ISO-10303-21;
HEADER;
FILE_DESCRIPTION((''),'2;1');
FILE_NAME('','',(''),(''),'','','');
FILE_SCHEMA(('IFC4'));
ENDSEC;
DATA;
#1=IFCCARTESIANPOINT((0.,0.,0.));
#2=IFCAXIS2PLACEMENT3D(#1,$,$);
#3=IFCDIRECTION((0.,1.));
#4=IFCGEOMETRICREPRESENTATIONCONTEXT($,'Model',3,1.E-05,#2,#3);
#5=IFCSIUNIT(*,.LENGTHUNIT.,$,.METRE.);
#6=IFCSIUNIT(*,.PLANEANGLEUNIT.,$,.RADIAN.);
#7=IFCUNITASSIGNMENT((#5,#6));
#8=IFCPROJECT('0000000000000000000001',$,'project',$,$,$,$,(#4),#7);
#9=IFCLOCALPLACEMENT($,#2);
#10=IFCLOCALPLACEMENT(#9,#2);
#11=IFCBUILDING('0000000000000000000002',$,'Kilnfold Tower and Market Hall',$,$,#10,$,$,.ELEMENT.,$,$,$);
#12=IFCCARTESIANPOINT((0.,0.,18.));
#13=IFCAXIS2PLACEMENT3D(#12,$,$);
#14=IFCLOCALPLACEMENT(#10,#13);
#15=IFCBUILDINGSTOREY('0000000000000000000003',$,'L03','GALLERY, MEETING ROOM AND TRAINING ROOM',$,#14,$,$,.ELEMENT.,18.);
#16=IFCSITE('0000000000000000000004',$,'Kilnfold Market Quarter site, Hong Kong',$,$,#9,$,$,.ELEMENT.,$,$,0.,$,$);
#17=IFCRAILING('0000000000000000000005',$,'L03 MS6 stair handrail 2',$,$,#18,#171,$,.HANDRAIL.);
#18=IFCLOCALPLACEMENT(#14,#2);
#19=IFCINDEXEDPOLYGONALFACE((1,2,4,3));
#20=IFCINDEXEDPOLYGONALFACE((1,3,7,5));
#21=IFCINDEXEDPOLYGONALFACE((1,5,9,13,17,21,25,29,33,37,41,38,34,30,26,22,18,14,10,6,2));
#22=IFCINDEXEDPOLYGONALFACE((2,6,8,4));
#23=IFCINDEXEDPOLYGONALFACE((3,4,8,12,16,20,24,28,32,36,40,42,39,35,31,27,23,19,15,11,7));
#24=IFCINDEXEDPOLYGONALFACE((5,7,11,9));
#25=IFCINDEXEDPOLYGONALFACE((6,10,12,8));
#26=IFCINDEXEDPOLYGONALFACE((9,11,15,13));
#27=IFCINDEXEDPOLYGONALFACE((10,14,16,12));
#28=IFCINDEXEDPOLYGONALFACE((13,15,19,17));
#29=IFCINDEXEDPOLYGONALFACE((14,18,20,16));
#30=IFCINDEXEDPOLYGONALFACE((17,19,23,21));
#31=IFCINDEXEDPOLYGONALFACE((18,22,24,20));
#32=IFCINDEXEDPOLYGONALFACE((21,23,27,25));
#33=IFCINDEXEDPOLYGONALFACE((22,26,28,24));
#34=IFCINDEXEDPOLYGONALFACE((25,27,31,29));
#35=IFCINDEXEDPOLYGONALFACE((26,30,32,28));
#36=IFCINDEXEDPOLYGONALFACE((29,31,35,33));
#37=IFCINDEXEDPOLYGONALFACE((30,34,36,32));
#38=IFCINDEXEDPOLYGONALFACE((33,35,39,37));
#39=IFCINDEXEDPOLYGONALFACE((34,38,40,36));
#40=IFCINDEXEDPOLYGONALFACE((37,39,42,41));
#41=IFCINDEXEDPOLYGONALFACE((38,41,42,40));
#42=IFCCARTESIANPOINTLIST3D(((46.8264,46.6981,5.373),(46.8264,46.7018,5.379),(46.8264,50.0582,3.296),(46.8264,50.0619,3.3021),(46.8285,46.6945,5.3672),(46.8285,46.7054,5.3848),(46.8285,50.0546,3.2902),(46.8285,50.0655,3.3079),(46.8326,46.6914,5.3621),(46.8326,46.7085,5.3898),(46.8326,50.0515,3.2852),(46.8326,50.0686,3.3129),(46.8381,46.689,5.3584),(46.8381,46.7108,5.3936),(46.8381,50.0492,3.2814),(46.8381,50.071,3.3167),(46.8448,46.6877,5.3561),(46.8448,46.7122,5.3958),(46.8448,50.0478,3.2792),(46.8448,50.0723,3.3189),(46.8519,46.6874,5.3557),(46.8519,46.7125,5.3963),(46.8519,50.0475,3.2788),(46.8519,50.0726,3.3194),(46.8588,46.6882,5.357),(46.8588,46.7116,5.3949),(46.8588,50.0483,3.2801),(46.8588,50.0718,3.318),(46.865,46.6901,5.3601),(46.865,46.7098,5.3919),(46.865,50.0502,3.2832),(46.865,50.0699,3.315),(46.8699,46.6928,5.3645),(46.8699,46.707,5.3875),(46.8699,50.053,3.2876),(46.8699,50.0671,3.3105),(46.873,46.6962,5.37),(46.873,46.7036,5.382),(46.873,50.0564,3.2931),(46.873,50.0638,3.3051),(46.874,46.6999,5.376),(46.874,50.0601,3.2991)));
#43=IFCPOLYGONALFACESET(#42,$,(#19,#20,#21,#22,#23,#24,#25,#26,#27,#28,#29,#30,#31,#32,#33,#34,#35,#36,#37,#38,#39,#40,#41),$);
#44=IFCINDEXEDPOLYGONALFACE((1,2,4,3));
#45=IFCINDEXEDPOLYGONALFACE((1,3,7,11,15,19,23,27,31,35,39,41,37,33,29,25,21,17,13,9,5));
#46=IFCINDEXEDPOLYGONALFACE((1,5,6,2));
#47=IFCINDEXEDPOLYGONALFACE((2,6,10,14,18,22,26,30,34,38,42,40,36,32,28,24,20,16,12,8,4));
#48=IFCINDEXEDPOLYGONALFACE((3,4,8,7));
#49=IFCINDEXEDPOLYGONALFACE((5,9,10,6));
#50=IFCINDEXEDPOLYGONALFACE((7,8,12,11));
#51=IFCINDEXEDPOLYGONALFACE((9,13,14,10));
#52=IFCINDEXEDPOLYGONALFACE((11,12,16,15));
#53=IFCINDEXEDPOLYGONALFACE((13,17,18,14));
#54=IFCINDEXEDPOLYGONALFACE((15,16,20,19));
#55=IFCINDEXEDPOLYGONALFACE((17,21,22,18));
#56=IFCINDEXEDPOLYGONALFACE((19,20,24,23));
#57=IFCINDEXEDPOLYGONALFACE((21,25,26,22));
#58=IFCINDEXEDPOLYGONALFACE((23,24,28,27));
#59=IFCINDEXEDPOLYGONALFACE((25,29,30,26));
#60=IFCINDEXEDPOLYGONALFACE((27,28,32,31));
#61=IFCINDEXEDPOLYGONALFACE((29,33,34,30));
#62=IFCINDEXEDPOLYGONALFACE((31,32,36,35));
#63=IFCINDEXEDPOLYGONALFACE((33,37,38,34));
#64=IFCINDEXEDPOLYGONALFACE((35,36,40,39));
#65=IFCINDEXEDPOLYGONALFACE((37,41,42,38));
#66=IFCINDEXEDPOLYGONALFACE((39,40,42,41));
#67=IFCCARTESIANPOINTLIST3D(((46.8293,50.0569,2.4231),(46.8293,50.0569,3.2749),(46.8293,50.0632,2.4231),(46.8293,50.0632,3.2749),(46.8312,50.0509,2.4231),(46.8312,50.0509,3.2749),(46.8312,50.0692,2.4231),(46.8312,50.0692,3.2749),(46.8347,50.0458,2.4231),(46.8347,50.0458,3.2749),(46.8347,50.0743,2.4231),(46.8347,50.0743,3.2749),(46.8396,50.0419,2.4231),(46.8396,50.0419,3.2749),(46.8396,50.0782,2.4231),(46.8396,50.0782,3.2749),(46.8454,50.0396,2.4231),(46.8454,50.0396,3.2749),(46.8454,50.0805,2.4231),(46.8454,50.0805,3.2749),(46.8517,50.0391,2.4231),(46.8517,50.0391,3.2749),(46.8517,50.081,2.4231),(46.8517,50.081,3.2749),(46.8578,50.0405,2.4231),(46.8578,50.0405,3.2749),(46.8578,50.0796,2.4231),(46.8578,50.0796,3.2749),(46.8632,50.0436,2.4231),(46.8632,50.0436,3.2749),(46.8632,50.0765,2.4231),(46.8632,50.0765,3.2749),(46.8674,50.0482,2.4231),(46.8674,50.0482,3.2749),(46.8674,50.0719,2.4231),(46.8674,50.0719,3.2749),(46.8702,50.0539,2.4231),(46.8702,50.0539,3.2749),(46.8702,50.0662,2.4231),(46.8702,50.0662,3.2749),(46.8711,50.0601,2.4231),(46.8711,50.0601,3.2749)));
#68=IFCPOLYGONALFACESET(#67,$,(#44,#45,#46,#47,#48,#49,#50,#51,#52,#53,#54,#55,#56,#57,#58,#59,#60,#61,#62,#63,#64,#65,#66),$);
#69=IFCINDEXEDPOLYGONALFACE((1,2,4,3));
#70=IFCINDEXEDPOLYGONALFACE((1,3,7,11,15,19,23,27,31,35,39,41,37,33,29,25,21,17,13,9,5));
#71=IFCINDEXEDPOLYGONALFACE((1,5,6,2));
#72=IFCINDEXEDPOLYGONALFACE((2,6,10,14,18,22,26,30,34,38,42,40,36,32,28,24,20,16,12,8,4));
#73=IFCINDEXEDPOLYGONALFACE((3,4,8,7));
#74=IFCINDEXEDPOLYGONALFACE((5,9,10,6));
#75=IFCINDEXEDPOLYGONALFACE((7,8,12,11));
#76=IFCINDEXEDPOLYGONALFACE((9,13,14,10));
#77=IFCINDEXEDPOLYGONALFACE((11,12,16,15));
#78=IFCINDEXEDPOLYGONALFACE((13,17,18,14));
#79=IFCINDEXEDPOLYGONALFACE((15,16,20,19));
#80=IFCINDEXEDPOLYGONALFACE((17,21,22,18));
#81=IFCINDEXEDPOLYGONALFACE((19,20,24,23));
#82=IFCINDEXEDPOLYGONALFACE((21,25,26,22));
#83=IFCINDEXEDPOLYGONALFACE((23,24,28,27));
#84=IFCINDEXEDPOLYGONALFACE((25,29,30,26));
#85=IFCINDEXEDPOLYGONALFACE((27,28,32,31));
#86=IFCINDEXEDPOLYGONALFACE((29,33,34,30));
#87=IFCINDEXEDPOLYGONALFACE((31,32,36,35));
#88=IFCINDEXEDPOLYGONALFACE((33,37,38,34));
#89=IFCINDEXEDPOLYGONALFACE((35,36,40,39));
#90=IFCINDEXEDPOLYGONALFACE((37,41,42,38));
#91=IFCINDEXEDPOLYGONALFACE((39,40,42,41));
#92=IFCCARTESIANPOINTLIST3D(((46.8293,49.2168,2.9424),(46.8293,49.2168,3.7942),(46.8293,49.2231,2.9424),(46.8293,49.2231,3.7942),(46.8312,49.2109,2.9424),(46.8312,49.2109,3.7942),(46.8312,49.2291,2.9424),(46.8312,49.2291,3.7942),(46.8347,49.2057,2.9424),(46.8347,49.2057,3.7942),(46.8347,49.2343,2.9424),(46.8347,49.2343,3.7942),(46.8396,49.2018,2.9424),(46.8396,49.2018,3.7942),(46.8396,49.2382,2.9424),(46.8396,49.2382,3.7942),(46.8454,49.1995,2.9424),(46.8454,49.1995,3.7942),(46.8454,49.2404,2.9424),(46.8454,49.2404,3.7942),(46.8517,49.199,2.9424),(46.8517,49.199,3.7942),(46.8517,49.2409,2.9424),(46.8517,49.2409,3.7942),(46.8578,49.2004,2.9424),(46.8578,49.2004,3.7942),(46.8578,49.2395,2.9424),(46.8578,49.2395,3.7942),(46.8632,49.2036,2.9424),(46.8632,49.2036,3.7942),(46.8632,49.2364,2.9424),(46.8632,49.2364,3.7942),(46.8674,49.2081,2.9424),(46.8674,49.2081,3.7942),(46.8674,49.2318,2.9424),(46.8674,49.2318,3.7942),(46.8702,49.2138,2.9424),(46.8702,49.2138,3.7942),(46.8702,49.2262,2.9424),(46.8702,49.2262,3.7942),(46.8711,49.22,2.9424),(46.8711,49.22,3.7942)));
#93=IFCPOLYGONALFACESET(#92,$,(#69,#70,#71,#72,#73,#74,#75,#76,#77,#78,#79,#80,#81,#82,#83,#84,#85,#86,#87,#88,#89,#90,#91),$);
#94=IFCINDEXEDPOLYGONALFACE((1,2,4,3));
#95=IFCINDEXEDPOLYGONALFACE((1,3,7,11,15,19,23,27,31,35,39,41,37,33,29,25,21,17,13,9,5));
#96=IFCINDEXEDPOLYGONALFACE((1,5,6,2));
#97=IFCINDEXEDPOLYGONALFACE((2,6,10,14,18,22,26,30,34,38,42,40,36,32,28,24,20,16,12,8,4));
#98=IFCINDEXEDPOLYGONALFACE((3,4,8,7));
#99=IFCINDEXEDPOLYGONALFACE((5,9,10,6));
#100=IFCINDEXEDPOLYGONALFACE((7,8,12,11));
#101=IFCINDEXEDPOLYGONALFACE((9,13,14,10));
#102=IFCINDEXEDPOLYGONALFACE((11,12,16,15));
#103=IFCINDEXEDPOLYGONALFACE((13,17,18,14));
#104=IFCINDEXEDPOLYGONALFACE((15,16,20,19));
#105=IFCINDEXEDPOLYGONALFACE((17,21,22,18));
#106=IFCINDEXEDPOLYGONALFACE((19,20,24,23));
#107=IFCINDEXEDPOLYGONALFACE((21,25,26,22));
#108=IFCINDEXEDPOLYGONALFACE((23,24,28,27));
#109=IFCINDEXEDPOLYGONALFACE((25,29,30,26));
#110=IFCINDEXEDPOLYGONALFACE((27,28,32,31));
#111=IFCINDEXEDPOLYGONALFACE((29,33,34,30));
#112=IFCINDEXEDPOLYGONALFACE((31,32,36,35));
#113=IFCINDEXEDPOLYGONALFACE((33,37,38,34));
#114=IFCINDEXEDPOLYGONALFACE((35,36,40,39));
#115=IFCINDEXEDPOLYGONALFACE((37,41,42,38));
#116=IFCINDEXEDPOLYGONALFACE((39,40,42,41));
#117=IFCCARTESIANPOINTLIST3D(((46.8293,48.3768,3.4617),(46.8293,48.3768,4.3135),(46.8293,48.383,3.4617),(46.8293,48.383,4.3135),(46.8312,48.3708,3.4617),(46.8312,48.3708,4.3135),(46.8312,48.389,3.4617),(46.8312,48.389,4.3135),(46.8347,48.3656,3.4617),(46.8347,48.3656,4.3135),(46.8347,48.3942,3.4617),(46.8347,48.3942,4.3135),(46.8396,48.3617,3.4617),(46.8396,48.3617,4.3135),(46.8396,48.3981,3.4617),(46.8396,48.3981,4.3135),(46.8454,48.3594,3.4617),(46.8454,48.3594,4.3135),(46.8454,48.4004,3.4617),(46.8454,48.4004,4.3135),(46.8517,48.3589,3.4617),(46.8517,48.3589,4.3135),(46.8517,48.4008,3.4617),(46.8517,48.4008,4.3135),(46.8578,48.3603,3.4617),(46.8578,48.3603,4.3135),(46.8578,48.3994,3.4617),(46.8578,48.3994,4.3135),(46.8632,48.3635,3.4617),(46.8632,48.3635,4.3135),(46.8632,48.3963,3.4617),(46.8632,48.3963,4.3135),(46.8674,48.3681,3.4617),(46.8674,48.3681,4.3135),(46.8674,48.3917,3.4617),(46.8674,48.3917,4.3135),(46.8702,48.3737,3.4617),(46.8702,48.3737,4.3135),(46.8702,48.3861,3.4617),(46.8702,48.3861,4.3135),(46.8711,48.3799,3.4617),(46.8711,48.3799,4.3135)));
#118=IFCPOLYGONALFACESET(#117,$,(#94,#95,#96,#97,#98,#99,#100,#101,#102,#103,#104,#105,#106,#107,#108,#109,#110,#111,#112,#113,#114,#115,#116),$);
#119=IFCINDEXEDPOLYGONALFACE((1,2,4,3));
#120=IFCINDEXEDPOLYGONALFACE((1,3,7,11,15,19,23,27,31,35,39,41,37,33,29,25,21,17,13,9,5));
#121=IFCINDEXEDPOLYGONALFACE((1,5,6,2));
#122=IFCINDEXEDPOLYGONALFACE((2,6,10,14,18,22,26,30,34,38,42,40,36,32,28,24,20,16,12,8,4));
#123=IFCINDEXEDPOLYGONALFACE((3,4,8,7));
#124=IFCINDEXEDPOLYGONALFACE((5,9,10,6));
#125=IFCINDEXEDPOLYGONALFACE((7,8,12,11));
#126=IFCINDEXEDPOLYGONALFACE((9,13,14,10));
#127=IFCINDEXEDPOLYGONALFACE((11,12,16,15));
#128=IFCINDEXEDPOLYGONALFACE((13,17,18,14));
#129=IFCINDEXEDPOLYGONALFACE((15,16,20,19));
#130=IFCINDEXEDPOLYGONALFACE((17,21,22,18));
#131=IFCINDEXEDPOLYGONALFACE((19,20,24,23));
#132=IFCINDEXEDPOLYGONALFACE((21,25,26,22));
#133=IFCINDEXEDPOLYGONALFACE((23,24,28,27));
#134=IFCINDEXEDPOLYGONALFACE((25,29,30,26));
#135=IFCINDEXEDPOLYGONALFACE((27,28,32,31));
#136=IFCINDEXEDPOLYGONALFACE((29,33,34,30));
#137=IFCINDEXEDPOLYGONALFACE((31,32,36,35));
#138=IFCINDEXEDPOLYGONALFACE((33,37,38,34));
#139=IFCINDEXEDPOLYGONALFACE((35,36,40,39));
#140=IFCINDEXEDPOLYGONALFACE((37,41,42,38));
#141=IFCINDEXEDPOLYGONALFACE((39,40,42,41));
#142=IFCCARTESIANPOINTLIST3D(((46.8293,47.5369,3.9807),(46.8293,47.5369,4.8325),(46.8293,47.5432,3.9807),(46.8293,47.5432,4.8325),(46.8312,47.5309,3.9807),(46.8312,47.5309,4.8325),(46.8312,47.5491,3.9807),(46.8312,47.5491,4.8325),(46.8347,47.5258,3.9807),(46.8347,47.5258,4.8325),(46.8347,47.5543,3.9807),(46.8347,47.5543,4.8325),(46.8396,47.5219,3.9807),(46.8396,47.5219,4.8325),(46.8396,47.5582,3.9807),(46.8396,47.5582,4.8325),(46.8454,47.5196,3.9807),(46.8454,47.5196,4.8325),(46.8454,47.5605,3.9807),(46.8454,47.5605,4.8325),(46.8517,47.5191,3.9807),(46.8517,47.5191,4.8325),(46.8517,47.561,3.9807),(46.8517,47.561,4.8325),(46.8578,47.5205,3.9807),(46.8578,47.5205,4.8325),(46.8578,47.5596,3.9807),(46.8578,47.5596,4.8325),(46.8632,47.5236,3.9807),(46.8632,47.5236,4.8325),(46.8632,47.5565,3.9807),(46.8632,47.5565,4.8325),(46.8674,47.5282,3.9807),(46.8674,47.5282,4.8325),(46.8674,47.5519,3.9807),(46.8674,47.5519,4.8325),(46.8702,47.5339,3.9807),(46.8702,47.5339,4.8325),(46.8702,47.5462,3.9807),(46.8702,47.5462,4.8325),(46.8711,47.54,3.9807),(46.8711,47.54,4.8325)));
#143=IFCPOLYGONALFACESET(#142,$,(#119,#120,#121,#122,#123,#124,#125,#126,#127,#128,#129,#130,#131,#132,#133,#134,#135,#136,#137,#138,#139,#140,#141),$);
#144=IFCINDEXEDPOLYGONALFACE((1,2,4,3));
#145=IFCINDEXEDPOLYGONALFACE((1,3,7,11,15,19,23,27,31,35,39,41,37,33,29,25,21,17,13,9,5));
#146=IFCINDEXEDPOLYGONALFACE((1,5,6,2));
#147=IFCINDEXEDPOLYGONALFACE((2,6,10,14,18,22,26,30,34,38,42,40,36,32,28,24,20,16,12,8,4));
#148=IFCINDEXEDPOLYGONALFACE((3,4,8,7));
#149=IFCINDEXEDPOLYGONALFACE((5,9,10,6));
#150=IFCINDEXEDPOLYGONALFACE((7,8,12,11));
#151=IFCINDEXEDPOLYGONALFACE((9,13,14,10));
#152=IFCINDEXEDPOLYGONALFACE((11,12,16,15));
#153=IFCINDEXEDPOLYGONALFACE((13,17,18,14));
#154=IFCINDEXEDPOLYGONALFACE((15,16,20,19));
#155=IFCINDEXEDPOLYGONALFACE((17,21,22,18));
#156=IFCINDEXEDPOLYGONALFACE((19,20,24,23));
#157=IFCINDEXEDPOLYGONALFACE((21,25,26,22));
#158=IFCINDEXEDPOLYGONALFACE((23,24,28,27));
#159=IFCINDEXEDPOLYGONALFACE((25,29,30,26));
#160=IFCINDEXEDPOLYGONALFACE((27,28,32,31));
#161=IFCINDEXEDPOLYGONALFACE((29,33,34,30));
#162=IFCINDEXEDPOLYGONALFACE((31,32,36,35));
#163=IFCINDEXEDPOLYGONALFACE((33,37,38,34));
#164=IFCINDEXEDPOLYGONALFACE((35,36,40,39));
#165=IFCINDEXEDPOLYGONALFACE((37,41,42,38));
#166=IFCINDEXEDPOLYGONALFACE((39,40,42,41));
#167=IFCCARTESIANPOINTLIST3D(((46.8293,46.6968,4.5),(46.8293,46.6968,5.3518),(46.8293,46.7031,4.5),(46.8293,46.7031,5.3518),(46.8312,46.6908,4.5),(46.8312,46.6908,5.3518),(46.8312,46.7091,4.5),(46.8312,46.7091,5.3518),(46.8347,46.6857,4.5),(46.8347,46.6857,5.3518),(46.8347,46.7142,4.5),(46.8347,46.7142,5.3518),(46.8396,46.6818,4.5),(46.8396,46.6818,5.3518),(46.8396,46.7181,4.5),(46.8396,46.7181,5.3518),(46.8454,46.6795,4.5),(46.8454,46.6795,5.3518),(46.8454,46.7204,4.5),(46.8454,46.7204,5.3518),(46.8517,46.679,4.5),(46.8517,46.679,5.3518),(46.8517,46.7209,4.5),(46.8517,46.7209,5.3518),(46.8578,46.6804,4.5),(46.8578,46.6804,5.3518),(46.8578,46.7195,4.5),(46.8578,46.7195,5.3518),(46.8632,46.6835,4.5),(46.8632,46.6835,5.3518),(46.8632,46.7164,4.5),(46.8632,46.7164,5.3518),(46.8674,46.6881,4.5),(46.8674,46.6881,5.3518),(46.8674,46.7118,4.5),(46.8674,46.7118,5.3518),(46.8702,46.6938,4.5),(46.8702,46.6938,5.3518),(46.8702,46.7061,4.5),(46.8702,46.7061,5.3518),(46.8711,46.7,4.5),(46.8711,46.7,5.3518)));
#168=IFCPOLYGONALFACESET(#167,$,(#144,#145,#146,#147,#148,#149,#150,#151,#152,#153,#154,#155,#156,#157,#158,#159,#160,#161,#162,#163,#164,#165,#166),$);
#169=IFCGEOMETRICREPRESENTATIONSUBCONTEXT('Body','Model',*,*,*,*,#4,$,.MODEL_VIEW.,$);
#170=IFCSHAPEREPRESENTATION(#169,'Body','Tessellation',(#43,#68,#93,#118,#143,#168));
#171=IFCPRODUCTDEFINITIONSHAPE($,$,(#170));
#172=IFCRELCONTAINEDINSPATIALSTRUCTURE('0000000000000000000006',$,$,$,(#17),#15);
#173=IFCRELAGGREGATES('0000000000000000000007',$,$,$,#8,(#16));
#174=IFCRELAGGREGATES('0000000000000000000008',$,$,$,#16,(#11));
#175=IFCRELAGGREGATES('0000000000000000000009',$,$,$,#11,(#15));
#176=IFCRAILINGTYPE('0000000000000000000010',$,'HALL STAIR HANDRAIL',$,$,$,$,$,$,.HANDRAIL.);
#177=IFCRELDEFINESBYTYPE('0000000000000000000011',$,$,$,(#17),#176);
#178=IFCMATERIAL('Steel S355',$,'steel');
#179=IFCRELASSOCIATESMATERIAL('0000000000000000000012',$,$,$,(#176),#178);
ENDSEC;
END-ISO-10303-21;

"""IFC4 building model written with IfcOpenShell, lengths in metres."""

from ifc_helpers import new_model, si_unit, direction, frame, origin, origin_2d, place, context, subcontext, project, spatial, circle, extrude, material, type_object, element, save


model = new_model("IFC4")

# Units and contexts
model_context = context("Model", 3, precision=1e-05, world=origin(), true_north=direction((0.0, 1.0)))
body_context = subcontext(model_context, "Body", "Model", "MODEL_VIEW")
ifc_project = project(units=[si_unit("LENGTHUNIT", "METRE"), si_unit("PLANEANGLEUNIT", "RADIAN")], contexts=[model_context])

# Site, building, storey
site_placement = place(None, origin())
site = spatial("IfcSite", under=ifc_project, at=site_placement, Name="Kilnfold Market Quarter site, Hong Kong", CompositionType="ELEMENT", RefElevation=0.0)
building_placement = place(site_placement, origin())
building = spatial("IfcBuilding", under=site, at=building_placement, Name="Kilnfold Tower and Market Hall", CompositionType="ELEMENT")
storey_placement = place(building_placement, frame((0.0, 0.0, 18.0)))
storey = spatial("IfcBuildingStorey", under=building, at=storey_placement, Name="L03", Description="GALLERY, MEETING ROOM AND TRAINING ROOM", CompositionType="ELEMENT", Elevation=18.0)

# Railing
ifc_material_1 = material(Name="Steel S355", Category="steel")
railing_type_1 = type_object("IfcRailingType", Name="HALL STAIR HANDRAIL", PredefinedType="HANDRAIL", material=ifc_material_1)
railing_1_placement = place(storey_placement, frame((46.8501, 50.0601, 2.4231)))
element("IfcRailing", 1, at=railing_1_placement, inside=storey, type_object=railing_type_1, Name="L03 MS6 stair handrail 2", PredefinedType="HANDRAIL", context=body_context, shape_type="SweptSolid", body=[
    extrude(circle(Radius=0.0239, at=origin_2d()), frame((0.0, 0.0, 0.876), z_axis=(0.0, -0.850623, 0.525776), x_axis=(1.0, 0.0, 0.0)), (0.0, 0.0, 1.0), 3.9502),
    extrude(circle(Radius=0.021, at=origin_2d()), origin(), (0.0, 0.0, 1.0), 0.8518),
    extrude(circle(Radius=0.021, at=origin_2d()), frame((0.0, -0.8401, 0.5193)), (0.0, 0.0, 1.0), 0.8518),
    extrude(circle(Radius=0.021, at=origin_2d()), frame((0.0, -1.6802, 1.0386)), (0.0, 0.0, 1.0), 0.8518),
    extrude(circle(Radius=0.021, at=origin_2d()), frame((0.0, -2.52, 1.5576)), (0.0, 0.0, 1.0), 0.8518),
    extrude(circle(Radius=0.021, at=origin_2d()), frame((0.0, -3.3601, 2.0769)), (0.0, 0.0, 1.0), 0.8518),
])

save(model, "model.ifc")
